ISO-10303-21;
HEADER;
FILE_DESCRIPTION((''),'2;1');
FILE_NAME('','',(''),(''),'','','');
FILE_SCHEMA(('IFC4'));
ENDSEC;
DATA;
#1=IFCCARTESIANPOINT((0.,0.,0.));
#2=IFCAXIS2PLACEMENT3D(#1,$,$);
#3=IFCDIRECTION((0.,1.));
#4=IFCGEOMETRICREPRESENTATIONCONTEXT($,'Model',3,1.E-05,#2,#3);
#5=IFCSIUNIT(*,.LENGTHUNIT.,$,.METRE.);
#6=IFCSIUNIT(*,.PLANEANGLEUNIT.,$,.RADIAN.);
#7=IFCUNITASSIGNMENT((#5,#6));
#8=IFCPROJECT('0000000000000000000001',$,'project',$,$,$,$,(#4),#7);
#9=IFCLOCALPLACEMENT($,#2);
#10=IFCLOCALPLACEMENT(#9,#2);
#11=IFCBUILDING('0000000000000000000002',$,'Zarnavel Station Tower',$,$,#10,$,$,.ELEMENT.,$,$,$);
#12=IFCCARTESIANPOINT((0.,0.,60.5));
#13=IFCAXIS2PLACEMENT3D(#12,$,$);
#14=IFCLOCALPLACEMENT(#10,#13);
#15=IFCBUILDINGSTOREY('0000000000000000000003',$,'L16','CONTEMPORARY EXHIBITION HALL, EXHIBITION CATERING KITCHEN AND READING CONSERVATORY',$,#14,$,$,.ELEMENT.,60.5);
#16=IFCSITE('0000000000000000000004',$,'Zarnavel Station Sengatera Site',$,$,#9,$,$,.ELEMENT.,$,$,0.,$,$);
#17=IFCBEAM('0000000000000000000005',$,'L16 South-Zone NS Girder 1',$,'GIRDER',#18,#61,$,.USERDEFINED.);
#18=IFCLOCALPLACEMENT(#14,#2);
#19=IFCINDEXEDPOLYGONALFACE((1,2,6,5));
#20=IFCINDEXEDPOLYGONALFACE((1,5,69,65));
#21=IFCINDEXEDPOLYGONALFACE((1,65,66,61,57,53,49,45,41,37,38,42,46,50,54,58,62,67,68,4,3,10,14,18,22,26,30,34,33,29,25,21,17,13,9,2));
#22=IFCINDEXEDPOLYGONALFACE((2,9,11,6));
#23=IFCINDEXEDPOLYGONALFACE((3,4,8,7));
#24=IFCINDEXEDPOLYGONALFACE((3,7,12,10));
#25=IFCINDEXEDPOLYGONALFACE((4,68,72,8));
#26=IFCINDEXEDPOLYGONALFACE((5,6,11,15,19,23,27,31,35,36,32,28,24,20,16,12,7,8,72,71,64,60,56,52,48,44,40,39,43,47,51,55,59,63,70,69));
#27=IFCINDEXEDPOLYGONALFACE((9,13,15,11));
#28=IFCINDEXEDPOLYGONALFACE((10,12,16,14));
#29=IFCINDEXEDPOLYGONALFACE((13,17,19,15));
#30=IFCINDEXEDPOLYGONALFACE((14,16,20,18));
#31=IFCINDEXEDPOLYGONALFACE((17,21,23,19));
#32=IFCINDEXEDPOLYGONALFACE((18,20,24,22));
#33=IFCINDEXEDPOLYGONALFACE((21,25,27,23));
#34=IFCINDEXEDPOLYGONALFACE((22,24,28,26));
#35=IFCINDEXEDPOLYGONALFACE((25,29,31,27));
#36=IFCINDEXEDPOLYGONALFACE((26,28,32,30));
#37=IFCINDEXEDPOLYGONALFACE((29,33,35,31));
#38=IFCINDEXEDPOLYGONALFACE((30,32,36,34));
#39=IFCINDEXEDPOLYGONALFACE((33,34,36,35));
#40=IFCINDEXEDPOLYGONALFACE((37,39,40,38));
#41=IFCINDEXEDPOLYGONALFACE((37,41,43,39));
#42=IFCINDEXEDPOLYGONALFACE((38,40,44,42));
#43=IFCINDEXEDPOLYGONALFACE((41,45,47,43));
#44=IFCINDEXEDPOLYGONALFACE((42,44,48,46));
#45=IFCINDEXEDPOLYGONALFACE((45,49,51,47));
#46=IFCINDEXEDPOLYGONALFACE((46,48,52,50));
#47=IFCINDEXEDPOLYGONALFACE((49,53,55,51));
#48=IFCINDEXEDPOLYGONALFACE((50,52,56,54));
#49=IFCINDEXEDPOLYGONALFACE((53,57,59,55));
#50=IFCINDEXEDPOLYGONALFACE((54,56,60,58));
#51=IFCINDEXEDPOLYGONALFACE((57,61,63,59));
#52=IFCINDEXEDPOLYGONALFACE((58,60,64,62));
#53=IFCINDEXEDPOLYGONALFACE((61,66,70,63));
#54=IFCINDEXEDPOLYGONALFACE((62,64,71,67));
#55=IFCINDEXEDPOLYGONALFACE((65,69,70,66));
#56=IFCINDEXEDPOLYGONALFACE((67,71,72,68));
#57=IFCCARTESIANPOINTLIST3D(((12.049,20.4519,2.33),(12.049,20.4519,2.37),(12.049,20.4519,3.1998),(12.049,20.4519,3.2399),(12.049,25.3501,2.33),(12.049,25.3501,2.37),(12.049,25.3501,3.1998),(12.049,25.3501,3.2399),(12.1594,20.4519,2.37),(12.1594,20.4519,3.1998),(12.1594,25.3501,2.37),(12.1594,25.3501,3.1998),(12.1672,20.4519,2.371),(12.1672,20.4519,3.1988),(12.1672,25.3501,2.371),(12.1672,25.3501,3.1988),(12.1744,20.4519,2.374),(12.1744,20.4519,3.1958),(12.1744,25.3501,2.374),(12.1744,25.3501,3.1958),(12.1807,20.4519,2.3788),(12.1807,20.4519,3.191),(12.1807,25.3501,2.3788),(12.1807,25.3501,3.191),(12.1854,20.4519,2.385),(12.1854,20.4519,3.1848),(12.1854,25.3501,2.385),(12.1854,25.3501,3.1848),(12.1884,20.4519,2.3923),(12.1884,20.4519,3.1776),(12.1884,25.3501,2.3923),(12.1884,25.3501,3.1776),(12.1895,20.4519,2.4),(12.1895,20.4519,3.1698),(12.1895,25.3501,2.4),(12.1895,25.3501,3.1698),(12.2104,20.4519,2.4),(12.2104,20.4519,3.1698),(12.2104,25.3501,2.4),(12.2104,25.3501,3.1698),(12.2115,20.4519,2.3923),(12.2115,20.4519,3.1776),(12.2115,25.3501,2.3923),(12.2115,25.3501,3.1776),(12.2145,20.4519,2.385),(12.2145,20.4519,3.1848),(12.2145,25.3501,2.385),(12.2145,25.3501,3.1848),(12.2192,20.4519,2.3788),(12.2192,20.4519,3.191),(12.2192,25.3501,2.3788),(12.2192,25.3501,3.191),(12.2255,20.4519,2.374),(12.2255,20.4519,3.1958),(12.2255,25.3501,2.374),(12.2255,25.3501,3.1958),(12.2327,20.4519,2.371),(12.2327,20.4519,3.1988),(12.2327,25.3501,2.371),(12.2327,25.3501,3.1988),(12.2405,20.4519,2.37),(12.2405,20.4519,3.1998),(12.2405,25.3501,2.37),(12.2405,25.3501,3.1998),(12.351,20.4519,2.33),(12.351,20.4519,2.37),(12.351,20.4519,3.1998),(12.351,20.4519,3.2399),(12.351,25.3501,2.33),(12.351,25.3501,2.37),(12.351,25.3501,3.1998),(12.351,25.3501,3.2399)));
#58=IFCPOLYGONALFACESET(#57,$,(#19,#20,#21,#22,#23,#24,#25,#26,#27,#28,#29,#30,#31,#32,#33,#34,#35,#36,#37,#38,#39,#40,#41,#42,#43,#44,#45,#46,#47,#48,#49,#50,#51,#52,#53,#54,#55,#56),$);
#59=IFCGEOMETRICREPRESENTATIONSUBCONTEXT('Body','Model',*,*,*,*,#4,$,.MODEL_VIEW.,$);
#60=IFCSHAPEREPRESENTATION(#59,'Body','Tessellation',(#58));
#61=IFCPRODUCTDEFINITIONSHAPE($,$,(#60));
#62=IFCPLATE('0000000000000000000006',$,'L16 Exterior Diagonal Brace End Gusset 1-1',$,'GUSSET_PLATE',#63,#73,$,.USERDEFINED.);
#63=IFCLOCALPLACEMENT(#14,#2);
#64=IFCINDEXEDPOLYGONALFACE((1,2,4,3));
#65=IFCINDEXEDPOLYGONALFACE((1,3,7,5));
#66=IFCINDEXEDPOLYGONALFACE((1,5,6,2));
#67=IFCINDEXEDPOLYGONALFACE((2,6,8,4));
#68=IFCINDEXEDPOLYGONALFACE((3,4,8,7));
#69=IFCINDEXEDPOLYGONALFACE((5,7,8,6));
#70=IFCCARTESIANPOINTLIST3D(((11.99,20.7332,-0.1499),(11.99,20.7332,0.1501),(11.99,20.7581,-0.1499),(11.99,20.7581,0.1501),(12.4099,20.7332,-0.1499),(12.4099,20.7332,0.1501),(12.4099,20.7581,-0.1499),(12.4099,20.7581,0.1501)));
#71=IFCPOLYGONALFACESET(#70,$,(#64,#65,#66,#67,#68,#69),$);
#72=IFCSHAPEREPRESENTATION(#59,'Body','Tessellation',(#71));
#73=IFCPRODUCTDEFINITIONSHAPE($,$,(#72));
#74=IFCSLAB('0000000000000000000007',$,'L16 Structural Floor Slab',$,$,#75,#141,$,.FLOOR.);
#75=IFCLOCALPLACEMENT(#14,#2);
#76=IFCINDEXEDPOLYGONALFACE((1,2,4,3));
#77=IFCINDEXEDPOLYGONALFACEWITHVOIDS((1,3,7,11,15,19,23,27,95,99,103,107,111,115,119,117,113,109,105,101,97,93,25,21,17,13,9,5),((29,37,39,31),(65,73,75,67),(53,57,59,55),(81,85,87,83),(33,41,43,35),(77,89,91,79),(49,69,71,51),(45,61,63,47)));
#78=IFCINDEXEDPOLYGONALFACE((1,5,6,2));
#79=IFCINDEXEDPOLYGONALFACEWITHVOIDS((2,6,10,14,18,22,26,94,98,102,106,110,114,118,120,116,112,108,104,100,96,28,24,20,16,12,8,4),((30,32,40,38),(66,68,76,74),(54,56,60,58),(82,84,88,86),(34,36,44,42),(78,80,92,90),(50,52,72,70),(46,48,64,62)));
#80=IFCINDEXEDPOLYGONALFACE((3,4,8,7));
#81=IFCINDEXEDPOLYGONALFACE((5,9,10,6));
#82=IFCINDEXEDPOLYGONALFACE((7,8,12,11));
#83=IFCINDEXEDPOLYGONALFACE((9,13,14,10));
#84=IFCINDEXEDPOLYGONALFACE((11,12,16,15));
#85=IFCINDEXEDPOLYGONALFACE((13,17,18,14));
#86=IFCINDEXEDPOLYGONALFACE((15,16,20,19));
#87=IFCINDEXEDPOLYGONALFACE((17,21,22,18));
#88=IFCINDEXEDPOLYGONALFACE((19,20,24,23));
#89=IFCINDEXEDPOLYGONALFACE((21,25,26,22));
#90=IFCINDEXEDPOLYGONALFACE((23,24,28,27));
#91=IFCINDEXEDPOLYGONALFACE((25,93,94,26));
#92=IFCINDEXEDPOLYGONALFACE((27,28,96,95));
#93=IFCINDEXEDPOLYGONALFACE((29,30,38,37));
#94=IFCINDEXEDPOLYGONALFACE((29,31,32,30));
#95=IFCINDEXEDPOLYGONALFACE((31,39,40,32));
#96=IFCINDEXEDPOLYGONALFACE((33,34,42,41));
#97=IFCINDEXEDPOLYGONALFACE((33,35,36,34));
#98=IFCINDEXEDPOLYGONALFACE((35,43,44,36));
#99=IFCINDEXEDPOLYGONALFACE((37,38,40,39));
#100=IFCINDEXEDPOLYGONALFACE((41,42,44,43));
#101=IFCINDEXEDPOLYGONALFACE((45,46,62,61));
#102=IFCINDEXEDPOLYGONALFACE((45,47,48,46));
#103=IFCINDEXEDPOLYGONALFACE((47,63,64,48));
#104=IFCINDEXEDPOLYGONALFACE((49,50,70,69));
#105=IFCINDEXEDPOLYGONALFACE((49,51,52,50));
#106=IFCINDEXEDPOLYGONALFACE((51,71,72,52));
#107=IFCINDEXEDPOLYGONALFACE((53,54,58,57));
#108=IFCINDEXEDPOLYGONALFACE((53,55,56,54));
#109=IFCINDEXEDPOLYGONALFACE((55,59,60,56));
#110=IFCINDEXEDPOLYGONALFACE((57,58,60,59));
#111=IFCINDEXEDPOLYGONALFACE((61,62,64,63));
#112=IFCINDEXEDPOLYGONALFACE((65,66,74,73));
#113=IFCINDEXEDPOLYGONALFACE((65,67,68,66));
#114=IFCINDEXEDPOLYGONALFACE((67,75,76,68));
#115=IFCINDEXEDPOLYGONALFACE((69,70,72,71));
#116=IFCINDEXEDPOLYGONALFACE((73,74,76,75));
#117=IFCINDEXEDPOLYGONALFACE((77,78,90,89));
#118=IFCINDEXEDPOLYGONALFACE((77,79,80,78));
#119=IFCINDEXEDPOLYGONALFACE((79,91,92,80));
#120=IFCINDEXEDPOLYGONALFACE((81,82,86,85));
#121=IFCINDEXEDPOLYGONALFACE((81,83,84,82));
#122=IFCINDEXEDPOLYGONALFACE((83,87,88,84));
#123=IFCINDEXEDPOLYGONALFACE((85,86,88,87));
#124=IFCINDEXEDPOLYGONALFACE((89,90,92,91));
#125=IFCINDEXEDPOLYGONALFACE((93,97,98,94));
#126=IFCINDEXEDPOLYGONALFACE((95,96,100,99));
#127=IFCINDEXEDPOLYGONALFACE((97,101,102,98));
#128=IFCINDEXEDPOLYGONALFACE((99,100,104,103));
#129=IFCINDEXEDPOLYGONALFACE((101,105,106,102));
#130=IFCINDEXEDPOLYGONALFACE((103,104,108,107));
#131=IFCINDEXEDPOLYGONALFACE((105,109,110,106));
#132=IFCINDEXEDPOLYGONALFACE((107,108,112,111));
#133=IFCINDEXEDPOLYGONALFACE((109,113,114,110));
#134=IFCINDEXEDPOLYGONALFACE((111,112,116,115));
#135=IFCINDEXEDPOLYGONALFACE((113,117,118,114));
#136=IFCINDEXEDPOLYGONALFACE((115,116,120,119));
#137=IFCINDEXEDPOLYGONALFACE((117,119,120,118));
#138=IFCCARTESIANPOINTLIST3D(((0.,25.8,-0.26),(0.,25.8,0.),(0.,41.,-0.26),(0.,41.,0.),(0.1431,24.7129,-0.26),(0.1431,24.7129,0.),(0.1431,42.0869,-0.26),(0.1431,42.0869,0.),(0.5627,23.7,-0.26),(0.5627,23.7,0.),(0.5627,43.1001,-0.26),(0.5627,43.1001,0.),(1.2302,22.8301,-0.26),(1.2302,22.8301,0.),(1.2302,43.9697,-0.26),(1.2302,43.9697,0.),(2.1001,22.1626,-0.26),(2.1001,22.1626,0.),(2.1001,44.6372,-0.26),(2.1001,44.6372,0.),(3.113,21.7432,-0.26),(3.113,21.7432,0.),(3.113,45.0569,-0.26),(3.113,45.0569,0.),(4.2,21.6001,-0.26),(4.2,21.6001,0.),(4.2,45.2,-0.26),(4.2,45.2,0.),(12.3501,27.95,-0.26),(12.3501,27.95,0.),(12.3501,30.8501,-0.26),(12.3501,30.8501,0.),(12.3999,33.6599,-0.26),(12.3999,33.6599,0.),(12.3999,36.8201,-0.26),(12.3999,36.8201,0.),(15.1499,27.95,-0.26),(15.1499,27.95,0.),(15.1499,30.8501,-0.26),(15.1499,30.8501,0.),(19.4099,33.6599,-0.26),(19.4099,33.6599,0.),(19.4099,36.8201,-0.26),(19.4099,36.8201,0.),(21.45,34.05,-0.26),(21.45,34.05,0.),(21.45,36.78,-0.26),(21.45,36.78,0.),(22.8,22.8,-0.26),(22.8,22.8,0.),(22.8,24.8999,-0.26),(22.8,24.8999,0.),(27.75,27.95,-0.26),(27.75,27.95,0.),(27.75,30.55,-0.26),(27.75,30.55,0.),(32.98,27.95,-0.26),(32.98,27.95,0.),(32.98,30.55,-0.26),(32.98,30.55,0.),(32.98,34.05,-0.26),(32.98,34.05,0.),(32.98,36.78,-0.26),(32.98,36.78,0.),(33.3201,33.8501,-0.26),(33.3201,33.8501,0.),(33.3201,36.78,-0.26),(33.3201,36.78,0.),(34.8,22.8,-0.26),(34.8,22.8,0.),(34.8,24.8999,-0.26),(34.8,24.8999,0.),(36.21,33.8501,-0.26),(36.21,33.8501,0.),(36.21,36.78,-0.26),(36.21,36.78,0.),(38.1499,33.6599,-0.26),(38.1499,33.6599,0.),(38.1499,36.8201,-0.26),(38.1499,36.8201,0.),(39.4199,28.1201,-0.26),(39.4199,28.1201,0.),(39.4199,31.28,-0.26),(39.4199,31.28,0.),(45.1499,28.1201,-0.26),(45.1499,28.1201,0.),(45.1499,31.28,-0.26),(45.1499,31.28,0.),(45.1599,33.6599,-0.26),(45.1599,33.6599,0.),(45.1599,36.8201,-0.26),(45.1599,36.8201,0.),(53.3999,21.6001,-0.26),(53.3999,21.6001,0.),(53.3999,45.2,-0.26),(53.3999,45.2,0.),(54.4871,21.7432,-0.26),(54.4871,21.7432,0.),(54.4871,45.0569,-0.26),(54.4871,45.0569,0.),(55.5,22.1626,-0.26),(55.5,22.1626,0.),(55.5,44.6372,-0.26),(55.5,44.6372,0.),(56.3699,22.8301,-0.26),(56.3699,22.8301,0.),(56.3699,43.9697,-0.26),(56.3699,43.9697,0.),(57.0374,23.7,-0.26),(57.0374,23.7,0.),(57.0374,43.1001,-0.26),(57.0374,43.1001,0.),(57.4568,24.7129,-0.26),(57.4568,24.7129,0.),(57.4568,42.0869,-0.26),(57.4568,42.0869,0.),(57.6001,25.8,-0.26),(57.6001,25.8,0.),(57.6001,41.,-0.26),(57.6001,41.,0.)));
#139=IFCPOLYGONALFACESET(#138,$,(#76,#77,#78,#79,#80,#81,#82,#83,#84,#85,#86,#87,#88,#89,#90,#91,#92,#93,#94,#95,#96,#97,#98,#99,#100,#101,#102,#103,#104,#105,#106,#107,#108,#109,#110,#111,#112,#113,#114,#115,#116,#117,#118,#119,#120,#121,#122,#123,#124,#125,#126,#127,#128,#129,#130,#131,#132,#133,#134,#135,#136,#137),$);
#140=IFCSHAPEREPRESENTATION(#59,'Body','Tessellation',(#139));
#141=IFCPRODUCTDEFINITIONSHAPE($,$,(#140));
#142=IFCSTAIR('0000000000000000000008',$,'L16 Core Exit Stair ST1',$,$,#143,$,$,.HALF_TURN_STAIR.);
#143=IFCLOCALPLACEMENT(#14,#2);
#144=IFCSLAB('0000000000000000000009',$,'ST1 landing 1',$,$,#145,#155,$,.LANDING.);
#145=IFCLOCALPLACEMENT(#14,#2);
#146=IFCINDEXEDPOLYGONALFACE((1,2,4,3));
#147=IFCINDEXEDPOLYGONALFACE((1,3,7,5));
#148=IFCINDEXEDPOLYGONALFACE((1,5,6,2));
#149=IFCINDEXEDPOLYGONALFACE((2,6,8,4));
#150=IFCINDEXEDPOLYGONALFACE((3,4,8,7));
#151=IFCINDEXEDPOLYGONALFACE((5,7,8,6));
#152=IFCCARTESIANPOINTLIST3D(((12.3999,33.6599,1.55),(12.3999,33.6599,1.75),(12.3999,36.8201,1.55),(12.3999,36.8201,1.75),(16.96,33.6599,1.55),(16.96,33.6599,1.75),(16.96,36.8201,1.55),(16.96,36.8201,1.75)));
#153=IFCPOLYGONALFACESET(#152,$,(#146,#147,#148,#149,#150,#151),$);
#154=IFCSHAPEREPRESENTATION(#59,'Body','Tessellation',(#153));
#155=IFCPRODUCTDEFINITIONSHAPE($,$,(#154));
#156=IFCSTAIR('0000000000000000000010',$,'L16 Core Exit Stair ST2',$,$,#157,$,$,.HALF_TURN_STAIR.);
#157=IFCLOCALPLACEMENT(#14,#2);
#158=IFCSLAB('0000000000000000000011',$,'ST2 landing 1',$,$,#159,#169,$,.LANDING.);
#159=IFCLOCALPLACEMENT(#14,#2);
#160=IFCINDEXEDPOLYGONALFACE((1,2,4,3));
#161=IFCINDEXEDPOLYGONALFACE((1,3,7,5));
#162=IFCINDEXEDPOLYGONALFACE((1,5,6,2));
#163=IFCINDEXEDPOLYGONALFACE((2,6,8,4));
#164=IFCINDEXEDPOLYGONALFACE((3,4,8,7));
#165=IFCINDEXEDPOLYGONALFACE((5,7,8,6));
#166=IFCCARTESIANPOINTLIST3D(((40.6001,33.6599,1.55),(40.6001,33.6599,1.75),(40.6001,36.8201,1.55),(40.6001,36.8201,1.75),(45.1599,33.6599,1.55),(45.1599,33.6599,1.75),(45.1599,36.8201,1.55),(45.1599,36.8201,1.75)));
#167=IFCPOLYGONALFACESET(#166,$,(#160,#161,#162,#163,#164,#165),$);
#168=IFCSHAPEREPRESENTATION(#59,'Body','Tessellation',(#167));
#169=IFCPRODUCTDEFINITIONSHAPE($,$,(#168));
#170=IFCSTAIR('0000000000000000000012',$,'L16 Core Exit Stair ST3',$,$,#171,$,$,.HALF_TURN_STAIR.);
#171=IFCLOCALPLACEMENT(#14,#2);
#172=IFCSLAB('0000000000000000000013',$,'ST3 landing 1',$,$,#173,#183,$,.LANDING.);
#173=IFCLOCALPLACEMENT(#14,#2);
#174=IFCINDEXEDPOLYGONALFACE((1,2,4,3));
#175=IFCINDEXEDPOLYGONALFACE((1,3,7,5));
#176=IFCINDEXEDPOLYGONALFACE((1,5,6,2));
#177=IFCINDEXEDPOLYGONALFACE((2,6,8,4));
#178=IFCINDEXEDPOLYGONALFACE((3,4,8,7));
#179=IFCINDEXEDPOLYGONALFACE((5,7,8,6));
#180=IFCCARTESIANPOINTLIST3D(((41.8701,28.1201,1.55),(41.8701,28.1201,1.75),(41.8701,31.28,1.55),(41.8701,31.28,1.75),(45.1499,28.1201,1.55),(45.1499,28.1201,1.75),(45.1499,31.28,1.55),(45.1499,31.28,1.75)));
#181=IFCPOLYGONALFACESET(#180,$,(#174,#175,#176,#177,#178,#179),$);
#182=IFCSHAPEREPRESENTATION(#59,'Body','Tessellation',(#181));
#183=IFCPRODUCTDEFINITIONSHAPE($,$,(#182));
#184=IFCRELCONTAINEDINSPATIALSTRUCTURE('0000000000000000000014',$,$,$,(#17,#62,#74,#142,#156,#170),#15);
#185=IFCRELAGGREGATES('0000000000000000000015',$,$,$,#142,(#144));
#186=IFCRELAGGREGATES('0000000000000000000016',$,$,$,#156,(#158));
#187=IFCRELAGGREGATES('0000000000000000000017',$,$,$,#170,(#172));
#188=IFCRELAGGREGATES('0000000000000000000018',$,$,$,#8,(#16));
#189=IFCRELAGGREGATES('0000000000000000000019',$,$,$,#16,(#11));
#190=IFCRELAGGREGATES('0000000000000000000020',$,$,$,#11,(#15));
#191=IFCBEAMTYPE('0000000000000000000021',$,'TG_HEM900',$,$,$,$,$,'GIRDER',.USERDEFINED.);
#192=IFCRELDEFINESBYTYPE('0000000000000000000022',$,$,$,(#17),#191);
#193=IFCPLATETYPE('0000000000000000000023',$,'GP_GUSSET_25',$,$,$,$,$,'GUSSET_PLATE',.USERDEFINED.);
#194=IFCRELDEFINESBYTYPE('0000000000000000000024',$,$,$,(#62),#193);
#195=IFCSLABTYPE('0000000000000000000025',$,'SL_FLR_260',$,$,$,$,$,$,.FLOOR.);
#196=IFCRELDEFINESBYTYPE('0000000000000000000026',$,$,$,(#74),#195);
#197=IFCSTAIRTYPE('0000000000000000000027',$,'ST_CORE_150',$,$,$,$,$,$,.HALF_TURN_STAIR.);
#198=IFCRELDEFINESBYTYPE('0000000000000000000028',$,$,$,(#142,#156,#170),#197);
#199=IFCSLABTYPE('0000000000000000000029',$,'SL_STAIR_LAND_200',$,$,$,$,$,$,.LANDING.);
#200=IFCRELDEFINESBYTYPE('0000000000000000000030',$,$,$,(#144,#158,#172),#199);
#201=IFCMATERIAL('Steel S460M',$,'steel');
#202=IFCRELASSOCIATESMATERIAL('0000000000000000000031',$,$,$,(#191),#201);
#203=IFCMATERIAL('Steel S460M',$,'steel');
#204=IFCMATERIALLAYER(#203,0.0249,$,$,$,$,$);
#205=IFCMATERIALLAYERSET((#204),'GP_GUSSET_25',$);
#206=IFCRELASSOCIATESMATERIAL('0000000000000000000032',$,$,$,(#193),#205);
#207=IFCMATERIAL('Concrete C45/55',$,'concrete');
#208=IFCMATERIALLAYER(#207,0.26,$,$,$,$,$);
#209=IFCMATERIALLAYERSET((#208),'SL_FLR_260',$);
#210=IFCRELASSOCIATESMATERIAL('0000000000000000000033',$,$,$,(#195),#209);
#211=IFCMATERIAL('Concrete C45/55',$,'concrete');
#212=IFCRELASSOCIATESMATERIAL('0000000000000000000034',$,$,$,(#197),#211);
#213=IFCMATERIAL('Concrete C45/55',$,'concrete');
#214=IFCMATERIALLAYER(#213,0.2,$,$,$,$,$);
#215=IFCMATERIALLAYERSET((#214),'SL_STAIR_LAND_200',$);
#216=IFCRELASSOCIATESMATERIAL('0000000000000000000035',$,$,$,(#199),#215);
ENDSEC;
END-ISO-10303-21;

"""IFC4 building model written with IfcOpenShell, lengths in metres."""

from ifc_helpers import new_model, si_unit, direction, frame, origin, origin_2d, place, context, subcontext, project, spatial, polyline, rectangle, i_section, outline, extrude, material, layer, layer_set, material_profile, profile_set, type_object, element, aggregate, save


model = new_model("IFC4")

# Units and contexts
model_context = context("Model", 3, precision=1e-05, world=origin(), true_north=direction((0.0, 1.0)))
body_context = subcontext(model_context, "Body", "Model", "MODEL_VIEW")
ifc_project = project(units=[si_unit("LENGTHUNIT", "METRE"), si_unit("PLANEANGLEUNIT", "RADIAN")], contexts=[model_context])

# Site, building, storey
site_placement = place(None, origin())
site = spatial("IfcSite", under=ifc_project, at=site_placement, Name="Zarnavel Station Sengatera Site", CompositionType="ELEMENT", RefElevation=0.0)
building_placement = place(site_placement, origin())
building = spatial("IfcBuilding", under=site, at=building_placement, Name="Zarnavel Station Tower", CompositionType="ELEMENT")
storey_placement = place(building_placement, frame((0.0, 0.0, 60.5)))
storey = spatial("IfcBuildingStorey", under=building, at=storey_placement, Name="L16", Description="CONTEMPORARY EXHIBITION HALL, EXHIBITION CATERING KITCHEN AND READING CONSERVATORY", CompositionType="ELEMENT", Elevation=60.5)

# Beam
ifc_material_1 = material(Name="Steel S460M", Category="steel")
ifc_material_profile_1 = material_profile(ifc_material_1, i_section(OverallWidth=0.302, OverallDepth=0.9099, WebThickness=0.021, FlangeThickness=0.04, FilletRadius=0.03, at=origin_2d()), Name="HEM900")
ifc_profile_set_1 = profile_set([ifc_material_profile_1], Name="Steel S460M")
beam_type_1 = type_object("IfcBeamType", Name="TG_HEM900", ElementType="GIRDER", PredefinedType="USERDEFINED", material=ifc_profile_set_1)
beam_1_placement = place(storey_placement, frame((12.2, 20.4519, 2.7849), z_axis=(0.0, 1.0, 0.0), x_axis=(-1.0, 0.0, 0.0)))
element("IfcBeam", 1, at=beam_1_placement, inside=storey, type_object=beam_type_1, Name="L16 South-Zone NS Girder 1", ObjectType="GIRDER", PredefinedType="USERDEFINED", context=body_context, shape_type="SweptSolid", body=[
    extrude(i_section(OverallWidth=0.302, OverallDepth=0.9099, WebThickness=0.021, FlangeThickness=0.04, FilletRadius=0.03, at=origin_2d()), origin(), (0.0, 0.0, 1.0), 4.8982),
])

# Plate
ifc_material_2 = material(Name="Steel S460M", Category="steel")
ifc_layer_1 = layer(ifc_material_2, 0.0249)
ifc_layer_set_1 = layer_set([ifc_layer_1], Name="GP_GUSSET_25")
plate_type = type_object("IfcPlateType", Name="GP_GUSSET_25", ElementType="GUSSET_PLATE", PredefinedType="USERDEFINED", material=ifc_layer_set_1)
plate_placement = place(storey_placement, frame((12.2, 20.7456, -0.1499), z_axis=(0.0, 0.0, 1.0), x_axis=(1.0, 0.0, 0.0)))
element("IfcPlate", 2, at=plate_placement, inside=storey, type_object=plate_type, Name="L16 Exterior Diagonal Brace End Gusset 1-1", ObjectType="GUSSET_PLATE", PredefinedType="USERDEFINED", context=body_context, shape_type="SweptSolid", body=[
    extrude(rectangle(XDim=0.4199, YDim=0.0249, at=origin_2d()), origin(), (0.0, 0.0, 1.0), 0.3),
])

# Slab
ifc_material_3 = material(Name="Concrete C45/55", Category="concrete")
ifc_layer_2 = layer(ifc_material_3, 0.26)
ifc_layer_set_2 = layer_set([ifc_layer_2], Name="SL_FLR_260")
slab_type_1 = type_object("IfcSlabType", Name="SL_FLR_260", PredefinedType="FLOOR", material=ifc_layer_set_2)
slab_1_placement = place(storey_placement, frame((0.0, 0.0, -0.26)))
element("IfcSlab", 3, at=slab_1_placement, inside=storey, type_object=slab_type_1, Name="L16 Structural Floor Slab", PredefinedType="FLOOR", context=body_context, shape_type="SweptSolid", body=[
    extrude(outline(polyline([(53.3999, 21.6001), (54.4871, 21.7432), (55.5, 22.1626), (56.3699, 22.8301), (57.0374, 23.7), (57.4568, 24.7129), (57.6001, 25.8), (57.6001, 41.0), (57.4568, 42.0869), (57.0374, 43.1001), (56.3699, 43.9697), (55.5, 44.6372), (54.4871, 45.0569), (53.3999, 45.2), (4.2, 45.2), (3.113, 45.0569), (2.1001, 44.6372), (1.2302, 43.9697), (0.5627, 43.1001), (0.1431, 42.0869), (0.0, 41.0), (0.0, 25.8), (0.1431, 24.7129), (0.5627, 23.7), (1.2302, 22.8301), (2.1001, 22.1626), (3.113, 21.7432), (4.2, 21.6001), (53.3999, 21.6001)]), holes=[polyline([(12.3999, 33.6599), (19.4099, 33.6599), (19.4099, 36.8201), (12.3999, 36.8201), (12.3999, 33.6599)]), polyline([(38.1499, 33.6599), (45.1599, 33.6599), (45.1599, 36.8201), (38.1499, 36.8201), (38.1499, 33.6599)]), polyline([(39.4199, 28.1201), (45.1499, 28.1201), (45.1499, 31.28), (39.4199, 31.28), (39.4199, 28.1201)]), polyline([(12.3501, 27.95), (15.1499, 27.95), (15.1499, 30.8501), (12.3501, 30.8501), (12.3501, 27.95)]), polyline([(33.3201, 33.8501), (36.21, 33.8501), (36.21, 36.78), (33.3201, 36.78), (33.3201, 33.8501)]), polyline([(21.45, 34.05), (32.98, 34.05), (32.98, 36.78), (21.45, 36.78), (21.45, 34.05)]), polyline([(27.75, 27.95), (32.98, 27.95), (32.98, 30.55), (27.75, 30.55), (27.75, 27.95)]), polyline([(22.8, 22.8), (34.8, 22.8), (34.8, 24.8999), (22.8, 24.8999), (22.8, 22.8)])]), origin(), (0.0, 0.0, 1.0), 0.26),
])

# Stairs, slabs
ifc_material_4 = material(Name="Concrete C45/55", Category="concrete")
stair_type = type_object("IfcStairType", Name="ST_CORE_150", PredefinedType="HALF_TURN_STAIR", material=ifc_material_4)
stair_1_placement = place(storey_placement, origin())
stair_1 = element("IfcStair", 4, at=stair_1_placement, inside=storey, type_object=stair_type, Name="L16 Core Exit Stair ST1", PredefinedType="HALF_TURN_STAIR")
ifc_material_5 = material(Name="Concrete C45/55", Category="concrete")
ifc_layer_3 = layer(ifc_material_5, 0.2)
ifc_layer_set_3 = layer_set([ifc_layer_3], Name="SL_STAIR_LAND_200")
slab_type_2 = type_object("IfcSlabType", Name="SL_STAIR_LAND_200", PredefinedType="LANDING", material=ifc_layer_set_3)
slab_2_placement = place(storey_placement, frame((0.0, 0.0, 1.55)))
slab_2 = element("IfcSlab", 5, at=slab_2_placement, type_object=slab_type_2, Name="ST1 landing 1", PredefinedType="LANDING", context=body_context, shape_type="SweptSolid", body=[
    extrude(outline(polyline([(16.96, 36.8201), (12.3999, 36.8201), (12.3999, 33.6599), (16.96, 33.6599), (16.96, 36.8201)])), origin(), (0.0, 0.0, 1.0), 0.2),
])
aggregate(stair_1, [slab_2])
stair_2_placement = place(storey_placement, origin())
stair_2 = element("IfcStair", 6, at=stair_2_placement, inside=storey, type_object=stair_type, Name="L16 Core Exit Stair ST2", PredefinedType="HALF_TURN_STAIR")
slab_3_placement = place(storey_placement, frame((0.0, 0.0, 1.55)))
slab_3 = element("IfcSlab", 7, at=slab_3_placement, type_object=slab_type_2, Name="ST2 landing 1", PredefinedType="LANDING", context=body_context, shape_type="SweptSolid", body=[
    extrude(outline(polyline([(40.6001, 33.6599), (45.1599, 33.6599), (45.1599, 36.8201), (40.6001, 36.8201), (40.6001, 33.6599)])), origin(), (0.0, 0.0, 1.0), 0.2),
])
aggregate(stair_2, [slab_3])
stair_3_placement = place(storey_placement, origin())
stair_3 = element("IfcStair", 8, at=stair_3_placement, inside=storey, type_object=stair_type, Name="L16 Core Exit Stair ST3", PredefinedType="HALF_TURN_STAIR")
slab_4_placement = place(storey_placement, frame((0.0, 0.0, 1.55)))
slab_4 = element("IfcSlab", 9, at=slab_4_placement, type_object=slab_type_2, Name="ST3 landing 1", PredefinedType="LANDING", context=body_context, shape_type="SweptSolid", body=[
    extrude(outline(polyline([(41.8701, 28.1201), (45.1499, 28.1201), (45.1499, 31.28), (41.8701, 31.28), (41.8701, 28.1201)])), origin(), (0.0, 0.0, 1.0), 0.2),
])
aggregate(stair_3, [slab_4])

save(model, "model.ifc")
